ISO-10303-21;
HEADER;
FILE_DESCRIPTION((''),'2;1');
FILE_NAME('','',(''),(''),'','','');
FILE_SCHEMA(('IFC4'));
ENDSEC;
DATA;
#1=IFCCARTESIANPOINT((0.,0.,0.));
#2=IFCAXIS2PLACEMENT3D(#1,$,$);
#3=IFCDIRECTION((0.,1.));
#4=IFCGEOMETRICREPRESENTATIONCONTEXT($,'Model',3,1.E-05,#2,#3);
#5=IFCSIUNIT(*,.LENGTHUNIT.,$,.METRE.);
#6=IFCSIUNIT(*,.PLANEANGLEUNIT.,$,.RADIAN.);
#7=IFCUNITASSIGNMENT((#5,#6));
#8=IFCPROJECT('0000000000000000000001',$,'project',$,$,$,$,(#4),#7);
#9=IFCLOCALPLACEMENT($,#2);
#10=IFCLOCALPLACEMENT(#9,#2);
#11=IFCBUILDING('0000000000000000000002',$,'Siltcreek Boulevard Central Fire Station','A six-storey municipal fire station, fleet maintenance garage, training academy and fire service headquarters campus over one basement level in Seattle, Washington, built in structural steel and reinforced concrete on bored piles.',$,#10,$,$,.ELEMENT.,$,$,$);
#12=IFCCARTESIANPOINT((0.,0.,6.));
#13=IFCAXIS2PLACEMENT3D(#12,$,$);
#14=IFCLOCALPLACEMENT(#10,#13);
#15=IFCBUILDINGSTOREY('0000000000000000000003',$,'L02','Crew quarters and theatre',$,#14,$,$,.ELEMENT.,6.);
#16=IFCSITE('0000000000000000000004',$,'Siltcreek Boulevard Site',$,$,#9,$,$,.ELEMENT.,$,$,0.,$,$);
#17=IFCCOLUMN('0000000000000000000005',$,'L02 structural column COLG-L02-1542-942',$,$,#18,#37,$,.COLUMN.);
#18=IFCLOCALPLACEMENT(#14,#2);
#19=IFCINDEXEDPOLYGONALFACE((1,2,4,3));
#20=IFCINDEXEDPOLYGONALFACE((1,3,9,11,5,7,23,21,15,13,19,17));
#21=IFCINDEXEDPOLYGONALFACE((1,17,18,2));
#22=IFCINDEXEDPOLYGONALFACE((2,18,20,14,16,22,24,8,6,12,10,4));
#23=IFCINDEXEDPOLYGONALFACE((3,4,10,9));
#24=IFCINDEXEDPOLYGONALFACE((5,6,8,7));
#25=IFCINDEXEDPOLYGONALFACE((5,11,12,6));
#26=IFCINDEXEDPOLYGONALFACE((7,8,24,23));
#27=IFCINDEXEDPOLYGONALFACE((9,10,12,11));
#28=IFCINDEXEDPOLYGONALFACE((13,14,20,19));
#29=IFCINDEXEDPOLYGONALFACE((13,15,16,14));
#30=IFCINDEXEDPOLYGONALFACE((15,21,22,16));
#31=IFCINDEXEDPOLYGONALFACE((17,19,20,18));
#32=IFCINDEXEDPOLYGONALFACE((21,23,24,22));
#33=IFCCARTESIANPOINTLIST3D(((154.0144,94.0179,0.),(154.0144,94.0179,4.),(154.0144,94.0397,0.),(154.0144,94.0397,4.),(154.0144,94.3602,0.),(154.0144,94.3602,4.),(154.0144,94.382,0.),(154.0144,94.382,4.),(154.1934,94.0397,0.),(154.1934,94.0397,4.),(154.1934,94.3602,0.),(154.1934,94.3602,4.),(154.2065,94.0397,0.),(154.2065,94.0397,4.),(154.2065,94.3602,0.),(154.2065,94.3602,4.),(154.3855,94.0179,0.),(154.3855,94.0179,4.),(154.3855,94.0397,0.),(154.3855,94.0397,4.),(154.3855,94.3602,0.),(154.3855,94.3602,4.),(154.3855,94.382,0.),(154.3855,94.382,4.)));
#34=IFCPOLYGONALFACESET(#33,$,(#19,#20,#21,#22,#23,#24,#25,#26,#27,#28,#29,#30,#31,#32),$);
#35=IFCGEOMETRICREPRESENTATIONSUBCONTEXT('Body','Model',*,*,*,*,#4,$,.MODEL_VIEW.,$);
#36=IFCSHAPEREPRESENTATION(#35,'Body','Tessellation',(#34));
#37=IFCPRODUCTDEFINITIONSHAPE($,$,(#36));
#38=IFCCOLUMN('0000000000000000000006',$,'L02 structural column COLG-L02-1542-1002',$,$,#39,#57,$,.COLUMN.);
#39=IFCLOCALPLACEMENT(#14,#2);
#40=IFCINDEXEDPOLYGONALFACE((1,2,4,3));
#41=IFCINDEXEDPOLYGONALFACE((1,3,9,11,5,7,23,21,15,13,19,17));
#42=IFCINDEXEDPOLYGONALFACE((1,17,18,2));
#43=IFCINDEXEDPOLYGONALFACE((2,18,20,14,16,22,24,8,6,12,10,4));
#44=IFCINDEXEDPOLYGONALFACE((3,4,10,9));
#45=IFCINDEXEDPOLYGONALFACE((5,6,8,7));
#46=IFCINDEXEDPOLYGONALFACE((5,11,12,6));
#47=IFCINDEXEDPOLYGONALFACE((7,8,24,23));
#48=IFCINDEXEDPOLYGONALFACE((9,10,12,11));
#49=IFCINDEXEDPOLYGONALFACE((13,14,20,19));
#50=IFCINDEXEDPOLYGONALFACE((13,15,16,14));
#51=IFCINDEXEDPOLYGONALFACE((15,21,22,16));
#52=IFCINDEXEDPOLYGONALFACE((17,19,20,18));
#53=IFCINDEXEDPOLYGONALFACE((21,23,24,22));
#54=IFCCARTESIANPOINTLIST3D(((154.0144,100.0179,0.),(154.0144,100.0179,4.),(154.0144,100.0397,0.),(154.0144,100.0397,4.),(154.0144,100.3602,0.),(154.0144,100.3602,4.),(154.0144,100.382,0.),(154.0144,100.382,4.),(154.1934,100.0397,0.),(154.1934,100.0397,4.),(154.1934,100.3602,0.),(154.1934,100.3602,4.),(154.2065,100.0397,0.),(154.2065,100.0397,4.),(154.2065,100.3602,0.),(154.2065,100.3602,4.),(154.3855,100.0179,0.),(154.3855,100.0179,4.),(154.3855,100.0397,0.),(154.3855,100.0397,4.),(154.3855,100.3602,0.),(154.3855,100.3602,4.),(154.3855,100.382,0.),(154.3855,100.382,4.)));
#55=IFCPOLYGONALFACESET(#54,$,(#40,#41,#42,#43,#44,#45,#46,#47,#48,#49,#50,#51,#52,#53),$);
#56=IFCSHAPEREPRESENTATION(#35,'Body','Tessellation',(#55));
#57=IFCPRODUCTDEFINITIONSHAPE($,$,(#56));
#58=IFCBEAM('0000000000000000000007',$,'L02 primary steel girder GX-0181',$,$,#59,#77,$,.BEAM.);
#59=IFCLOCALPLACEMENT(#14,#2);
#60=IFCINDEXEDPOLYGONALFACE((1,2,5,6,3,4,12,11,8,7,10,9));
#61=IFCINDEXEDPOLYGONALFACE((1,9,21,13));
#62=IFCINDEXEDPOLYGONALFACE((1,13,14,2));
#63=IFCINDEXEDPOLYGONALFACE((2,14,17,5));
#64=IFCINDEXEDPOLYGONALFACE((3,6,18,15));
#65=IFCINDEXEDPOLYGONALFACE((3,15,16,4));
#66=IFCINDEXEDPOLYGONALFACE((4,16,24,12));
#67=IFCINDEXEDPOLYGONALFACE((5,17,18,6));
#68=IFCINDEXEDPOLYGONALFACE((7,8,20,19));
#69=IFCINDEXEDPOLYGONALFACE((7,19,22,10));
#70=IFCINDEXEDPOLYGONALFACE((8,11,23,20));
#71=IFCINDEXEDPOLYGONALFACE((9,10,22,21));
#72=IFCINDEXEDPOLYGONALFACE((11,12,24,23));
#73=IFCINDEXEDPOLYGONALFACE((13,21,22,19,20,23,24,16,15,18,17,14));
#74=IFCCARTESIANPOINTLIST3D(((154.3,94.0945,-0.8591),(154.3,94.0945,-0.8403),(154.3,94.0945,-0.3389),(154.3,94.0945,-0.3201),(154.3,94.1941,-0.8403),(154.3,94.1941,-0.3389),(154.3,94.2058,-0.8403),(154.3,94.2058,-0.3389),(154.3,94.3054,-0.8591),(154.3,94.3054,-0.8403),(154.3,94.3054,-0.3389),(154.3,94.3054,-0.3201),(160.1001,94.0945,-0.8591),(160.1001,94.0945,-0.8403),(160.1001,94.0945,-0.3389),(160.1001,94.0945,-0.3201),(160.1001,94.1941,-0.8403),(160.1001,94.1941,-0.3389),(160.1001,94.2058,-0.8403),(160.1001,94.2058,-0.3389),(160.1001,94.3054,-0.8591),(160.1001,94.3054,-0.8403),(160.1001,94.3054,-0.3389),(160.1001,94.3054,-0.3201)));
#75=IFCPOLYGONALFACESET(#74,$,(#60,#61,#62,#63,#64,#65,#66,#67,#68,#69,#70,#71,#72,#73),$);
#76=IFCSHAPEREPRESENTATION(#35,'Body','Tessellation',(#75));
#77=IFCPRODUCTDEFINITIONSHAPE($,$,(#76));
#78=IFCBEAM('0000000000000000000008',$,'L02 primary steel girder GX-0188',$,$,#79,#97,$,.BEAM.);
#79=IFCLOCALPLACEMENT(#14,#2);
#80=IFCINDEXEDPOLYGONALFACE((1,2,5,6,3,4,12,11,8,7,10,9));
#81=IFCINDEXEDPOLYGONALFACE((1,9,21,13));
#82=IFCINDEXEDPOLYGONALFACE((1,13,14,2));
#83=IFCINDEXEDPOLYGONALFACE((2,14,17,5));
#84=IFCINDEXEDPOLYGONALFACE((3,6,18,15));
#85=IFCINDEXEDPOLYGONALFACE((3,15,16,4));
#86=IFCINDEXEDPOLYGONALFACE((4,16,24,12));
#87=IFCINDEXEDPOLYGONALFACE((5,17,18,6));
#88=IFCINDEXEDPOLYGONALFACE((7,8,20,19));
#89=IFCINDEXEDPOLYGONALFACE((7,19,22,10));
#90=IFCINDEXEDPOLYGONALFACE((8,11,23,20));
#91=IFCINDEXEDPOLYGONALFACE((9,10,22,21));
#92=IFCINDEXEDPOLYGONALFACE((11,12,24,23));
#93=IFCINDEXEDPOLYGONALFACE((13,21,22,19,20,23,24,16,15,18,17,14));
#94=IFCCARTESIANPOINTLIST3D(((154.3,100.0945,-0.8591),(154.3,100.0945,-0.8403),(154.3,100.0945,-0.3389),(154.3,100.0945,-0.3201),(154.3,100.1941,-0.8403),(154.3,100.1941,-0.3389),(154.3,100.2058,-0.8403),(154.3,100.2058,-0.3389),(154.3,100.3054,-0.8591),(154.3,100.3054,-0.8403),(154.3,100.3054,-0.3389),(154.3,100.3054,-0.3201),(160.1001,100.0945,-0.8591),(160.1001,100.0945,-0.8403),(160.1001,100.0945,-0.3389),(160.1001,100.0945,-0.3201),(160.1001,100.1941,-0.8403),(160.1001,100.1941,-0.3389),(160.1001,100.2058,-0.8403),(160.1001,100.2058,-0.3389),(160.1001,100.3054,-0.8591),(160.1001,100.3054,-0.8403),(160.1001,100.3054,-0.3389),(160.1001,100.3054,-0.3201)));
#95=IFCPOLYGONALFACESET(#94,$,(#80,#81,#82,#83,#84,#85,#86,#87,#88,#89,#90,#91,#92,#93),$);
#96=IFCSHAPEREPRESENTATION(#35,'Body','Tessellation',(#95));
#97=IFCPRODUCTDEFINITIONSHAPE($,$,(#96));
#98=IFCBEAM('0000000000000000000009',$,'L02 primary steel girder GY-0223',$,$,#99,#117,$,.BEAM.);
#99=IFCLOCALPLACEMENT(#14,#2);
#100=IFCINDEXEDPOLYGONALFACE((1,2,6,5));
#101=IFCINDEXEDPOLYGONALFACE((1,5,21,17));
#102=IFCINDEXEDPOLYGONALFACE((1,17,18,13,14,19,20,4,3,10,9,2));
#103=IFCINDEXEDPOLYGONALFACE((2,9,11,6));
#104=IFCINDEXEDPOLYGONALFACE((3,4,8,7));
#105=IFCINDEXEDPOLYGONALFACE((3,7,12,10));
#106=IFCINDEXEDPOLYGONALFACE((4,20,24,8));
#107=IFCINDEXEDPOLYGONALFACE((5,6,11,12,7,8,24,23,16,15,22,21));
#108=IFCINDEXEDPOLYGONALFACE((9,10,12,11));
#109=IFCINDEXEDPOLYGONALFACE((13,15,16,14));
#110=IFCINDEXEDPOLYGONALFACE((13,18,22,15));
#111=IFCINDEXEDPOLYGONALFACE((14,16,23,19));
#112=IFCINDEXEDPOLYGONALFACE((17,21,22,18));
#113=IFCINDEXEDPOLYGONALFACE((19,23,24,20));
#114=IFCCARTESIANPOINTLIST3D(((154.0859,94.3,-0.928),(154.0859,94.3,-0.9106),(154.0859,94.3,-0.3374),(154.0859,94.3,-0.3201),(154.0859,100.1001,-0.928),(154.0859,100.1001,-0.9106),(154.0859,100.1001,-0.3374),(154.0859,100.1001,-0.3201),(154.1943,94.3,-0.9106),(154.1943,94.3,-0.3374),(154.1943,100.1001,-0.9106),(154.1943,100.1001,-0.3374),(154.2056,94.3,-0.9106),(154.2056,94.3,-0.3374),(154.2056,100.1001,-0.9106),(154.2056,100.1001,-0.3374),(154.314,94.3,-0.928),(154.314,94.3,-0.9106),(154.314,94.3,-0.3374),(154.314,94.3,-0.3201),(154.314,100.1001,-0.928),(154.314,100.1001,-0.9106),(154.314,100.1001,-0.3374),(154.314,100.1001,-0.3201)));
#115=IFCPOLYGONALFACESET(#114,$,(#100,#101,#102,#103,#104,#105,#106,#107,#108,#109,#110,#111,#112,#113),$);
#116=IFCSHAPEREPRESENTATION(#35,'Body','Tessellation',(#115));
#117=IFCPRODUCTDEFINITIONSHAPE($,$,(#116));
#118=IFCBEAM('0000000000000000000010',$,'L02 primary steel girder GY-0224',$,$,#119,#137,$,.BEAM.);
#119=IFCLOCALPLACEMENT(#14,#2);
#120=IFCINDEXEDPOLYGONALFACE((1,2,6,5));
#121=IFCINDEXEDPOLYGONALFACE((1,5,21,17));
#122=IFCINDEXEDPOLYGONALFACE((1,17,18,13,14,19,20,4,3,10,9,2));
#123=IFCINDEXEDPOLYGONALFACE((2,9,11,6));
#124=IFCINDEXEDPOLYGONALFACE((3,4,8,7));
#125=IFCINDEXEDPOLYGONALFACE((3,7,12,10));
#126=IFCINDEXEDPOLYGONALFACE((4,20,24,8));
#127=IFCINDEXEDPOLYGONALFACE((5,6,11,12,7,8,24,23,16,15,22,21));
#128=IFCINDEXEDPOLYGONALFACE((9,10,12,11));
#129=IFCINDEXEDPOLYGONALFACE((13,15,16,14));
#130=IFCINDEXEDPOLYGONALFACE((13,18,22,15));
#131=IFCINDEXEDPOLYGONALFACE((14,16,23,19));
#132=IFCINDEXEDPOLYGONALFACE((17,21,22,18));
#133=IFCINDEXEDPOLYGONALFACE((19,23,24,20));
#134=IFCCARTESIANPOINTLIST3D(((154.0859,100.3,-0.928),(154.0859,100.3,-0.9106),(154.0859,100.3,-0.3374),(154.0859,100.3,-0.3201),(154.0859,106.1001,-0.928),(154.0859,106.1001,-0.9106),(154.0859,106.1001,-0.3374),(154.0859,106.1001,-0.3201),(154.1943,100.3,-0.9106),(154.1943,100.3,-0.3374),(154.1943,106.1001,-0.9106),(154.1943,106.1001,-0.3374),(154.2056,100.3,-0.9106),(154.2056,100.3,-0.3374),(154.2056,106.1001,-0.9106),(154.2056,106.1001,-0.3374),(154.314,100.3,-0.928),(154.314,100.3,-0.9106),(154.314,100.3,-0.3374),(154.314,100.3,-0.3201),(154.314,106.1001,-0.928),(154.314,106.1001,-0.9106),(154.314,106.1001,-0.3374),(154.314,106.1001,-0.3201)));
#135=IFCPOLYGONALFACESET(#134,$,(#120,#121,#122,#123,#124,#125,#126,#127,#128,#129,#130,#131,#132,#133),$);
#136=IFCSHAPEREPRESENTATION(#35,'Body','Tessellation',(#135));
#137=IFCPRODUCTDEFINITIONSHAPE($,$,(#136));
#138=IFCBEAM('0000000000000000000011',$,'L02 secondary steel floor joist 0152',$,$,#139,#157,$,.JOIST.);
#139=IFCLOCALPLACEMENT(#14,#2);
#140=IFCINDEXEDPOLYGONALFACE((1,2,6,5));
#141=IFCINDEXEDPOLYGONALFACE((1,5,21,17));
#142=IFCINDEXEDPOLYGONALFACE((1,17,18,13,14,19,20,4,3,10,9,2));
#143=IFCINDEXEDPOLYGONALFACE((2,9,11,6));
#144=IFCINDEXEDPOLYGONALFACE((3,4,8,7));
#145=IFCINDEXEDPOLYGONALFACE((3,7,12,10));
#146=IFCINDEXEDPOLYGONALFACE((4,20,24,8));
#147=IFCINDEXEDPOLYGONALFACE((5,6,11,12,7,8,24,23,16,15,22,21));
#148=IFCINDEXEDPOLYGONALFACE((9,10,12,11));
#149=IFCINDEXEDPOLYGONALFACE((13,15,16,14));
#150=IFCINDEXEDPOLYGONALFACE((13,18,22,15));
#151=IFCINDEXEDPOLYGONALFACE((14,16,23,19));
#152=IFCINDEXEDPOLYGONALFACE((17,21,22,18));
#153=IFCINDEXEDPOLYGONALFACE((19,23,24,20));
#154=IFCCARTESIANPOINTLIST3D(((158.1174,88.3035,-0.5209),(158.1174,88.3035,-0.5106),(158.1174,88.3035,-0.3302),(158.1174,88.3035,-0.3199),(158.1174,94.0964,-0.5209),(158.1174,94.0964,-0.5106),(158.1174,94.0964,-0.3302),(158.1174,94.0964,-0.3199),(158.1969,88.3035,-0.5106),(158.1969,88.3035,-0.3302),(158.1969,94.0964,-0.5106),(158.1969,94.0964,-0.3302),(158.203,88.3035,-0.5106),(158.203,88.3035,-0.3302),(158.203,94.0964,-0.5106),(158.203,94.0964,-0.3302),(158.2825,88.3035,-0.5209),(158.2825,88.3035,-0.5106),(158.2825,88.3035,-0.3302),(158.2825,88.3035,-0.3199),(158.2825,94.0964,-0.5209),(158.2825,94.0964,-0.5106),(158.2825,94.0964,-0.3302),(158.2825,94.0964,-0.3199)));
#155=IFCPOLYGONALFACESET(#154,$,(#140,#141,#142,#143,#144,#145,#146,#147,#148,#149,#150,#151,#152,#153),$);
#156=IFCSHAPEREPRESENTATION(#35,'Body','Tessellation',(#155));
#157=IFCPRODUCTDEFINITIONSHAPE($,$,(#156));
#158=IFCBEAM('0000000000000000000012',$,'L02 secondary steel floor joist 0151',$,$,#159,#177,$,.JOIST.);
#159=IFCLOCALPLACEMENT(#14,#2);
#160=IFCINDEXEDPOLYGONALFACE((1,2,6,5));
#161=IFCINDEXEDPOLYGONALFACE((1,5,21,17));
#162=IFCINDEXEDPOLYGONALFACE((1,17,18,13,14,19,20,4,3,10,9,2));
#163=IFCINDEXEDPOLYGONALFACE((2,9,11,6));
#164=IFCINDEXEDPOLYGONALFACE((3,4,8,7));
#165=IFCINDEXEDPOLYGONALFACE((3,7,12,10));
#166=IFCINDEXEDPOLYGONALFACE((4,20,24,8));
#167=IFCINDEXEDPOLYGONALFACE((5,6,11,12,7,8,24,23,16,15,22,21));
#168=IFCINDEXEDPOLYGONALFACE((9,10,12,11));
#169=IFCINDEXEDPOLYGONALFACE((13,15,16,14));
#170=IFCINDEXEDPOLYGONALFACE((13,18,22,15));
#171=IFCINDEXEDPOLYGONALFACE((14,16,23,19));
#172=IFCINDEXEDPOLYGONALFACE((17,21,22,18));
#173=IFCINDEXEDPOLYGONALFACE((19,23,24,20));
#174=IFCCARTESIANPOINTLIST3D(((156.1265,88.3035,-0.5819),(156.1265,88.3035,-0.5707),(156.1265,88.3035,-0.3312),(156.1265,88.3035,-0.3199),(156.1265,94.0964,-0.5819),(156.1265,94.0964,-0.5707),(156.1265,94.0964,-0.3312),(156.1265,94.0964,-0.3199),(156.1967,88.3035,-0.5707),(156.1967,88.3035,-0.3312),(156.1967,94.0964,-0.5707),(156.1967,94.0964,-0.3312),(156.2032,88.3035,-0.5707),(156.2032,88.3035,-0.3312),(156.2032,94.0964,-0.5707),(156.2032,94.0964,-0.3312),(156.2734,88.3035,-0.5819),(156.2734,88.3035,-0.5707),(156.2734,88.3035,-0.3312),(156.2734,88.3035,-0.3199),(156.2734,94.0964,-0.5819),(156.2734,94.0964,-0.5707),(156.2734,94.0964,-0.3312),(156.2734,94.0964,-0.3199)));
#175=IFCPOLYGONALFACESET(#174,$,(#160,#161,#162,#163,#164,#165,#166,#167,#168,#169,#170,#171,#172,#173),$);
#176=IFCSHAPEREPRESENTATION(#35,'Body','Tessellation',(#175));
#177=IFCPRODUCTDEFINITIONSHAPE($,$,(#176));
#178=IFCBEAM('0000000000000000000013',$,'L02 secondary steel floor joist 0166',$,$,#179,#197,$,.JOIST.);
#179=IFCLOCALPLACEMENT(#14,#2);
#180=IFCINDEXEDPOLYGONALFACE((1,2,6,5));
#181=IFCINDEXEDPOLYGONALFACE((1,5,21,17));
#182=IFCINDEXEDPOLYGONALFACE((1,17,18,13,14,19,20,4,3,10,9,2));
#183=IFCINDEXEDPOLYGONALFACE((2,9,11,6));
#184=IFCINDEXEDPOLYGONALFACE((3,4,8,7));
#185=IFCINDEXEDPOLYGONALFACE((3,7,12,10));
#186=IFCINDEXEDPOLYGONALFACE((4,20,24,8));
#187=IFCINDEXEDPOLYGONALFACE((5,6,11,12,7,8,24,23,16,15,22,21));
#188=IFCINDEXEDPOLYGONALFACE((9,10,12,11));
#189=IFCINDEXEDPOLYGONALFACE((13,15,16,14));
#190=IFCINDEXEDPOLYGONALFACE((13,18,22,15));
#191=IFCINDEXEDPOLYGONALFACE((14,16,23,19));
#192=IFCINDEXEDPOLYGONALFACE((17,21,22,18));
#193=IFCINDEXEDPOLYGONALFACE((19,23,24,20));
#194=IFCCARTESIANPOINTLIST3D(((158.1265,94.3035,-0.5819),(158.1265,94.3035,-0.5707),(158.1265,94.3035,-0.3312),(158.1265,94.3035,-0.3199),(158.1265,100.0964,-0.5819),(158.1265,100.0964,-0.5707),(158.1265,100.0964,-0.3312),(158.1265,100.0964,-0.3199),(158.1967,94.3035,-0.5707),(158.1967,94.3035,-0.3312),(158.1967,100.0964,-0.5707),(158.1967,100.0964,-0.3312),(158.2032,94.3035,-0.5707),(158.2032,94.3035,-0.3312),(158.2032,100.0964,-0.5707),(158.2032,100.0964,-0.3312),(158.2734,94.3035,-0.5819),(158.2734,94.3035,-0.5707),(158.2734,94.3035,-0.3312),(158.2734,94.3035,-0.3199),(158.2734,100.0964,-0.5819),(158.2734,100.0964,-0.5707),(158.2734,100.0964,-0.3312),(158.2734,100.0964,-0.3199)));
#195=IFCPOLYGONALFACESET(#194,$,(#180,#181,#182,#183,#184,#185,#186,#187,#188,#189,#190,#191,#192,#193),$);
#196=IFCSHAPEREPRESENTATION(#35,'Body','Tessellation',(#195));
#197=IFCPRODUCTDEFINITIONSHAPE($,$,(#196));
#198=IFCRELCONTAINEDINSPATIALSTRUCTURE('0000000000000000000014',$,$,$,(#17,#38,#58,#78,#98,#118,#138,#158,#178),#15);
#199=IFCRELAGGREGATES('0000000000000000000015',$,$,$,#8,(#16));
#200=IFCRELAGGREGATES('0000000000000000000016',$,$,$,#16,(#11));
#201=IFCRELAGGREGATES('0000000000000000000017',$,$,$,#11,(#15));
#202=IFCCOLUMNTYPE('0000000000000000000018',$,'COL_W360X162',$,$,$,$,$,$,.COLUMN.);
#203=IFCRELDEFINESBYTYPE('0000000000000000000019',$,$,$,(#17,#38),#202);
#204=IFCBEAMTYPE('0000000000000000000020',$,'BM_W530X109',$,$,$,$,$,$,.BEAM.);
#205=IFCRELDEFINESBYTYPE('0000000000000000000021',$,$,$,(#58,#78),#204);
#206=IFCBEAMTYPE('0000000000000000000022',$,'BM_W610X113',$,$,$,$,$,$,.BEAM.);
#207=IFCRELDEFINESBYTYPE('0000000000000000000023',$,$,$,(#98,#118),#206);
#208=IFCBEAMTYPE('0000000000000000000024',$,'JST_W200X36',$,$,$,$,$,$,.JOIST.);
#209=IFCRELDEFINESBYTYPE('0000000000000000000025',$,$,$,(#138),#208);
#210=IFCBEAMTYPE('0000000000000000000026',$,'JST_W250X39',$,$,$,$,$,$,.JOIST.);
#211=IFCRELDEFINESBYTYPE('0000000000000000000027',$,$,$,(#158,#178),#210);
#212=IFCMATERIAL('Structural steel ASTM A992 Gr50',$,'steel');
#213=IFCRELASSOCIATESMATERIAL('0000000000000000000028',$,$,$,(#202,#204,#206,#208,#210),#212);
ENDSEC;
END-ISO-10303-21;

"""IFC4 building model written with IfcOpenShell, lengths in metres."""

from ifc_helpers import new_model, si_unit, direction, frame, origin, origin_2d, place, context, subcontext, project, spatial, i_section, extrude, material, material_profile, profile_set, type_object, element, save


model = new_model("IFC4")

# Units and contexts
model_context = context("Model", 3, precision=1e-05, world=origin(), true_north=direction((0.0, 1.0)))
body_context = subcontext(model_context, "Body", "Model", "MODEL_VIEW")
ifc_project = project(units=[si_unit("LENGTHUNIT", "METRE"), si_unit("PLANEANGLEUNIT", "RADIAN")], contexts=[model_context])

# Site, building, storey
site_placement = place(None, origin())
site = spatial("IfcSite", under=ifc_project, at=site_placement, Name="Siltcreek Boulevard Site", CompositionType="ELEMENT", RefElevation=0.0)
building_placement = place(site_placement, origin())
building = spatial("IfcBuilding", under=site, at=building_placement, Name="Siltcreek Boulevard Central Fire Station", Description="A six-storey municipal fire station, fleet maintenance garage, training academy and fire service headquarters campus over one basement level in Seattle, Washington, built in structural steel and reinforced concrete on bored piles.", CompositionType="ELEMENT")
storey_placement = place(building_placement, frame((0.0, 0.0, 6.0)))
storey = spatial("IfcBuildingStorey", under=building, at=storey_placement, Name="L02", Description="Crew quarters and theatre", CompositionType="ELEMENT", Elevation=6.0)

# Columns
ifc_material_1 = material(Name="Structural steel ASTM A992 Gr50", Category="steel")
ifc_material_profile_1 = material_profile(ifc_material_1, i_section(OverallWidth=0.3711, OverallDepth=0.364, WebThickness=0.0132, FlangeThickness=0.0217, at=origin_2d()), Name="W360X162")
ifc_profile_set_1 = profile_set([ifc_material_profile_1], Name="Structural steel ASTM A992 Gr50")
column_type = type_object("IfcColumnType", Name="COL_W360X162", PredefinedType="COLUMN", material=ifc_profile_set_1)
for number, where, z_axis, x_axis, name in (
    (1, (154.2, 94.2, 0.0), (0.0, 0.0, 1.0), (1.0, 0.0, 0.0), "L02 structural column COLG-L02-1542-942"),
    (2, (154.2, 100.2, 0.0), (0.0, 0.0, 1.0), (1.0, 0.0, 0.0), "L02 structural column COLG-L02-1542-1002"),
):
    element("IfcColumn", number, at=place(storey_placement, frame(where, z_axis=z_axis, x_axis=x_axis)), inside=storey, type_object=column_type, Name=name, PredefinedType="COLUMN", context=body_context, shape_type="SweptSolid", body=[
        extrude(i_section(OverallWidth=0.3711, OverallDepth=0.364, WebThickness=0.0132, FlangeThickness=0.0217, at=origin_2d()), origin(), (0.0, 0.0, 1.0), 4.0),
    ])

# Beams
ifc_material_profile_2 = material_profile(ifc_material_1, i_section(OverallWidth=0.2109, OverallDepth=0.5391, WebThickness=0.0117, FlangeThickness=0.0188, at=origin_2d()), Name="W530X109")
ifc_profile_set_2 = profile_set([ifc_material_profile_2], Name="Structural steel ASTM A992 Gr50")
beam_type_1 = type_object("IfcBeamType", Name="BM_W530X109", PredefinedType="BEAM", material=ifc_profile_set_2)
for number, where, z_axis, x_axis, name in (
    (3, (154.3, 94.2, -0.5896), (1.0, 0.0, 0.0), (0.0, 1.0, 0.0), "L02 primary steel girder GX-0181"),
    (4, (154.3, 100.2, -0.5896), (1.0, 0.0, 0.0), (0.0, 1.0, 0.0), "L02 primary steel girder GX-0188"),
):
    element("IfcBeam", number, at=place(storey_placement, frame(where, z_axis=z_axis, x_axis=x_axis)), inside=storey, type_object=beam_type_1, Name=name, PredefinedType="BEAM", context=body_context, shape_type="SweptSolid", body=[
        extrude(i_section(OverallWidth=0.2109, OverallDepth=0.5391, WebThickness=0.0117, FlangeThickness=0.0188, at=origin_2d()), origin(), (0.0, 0.0, 1.0), 5.8),
    ])
ifc_material_profile_3 = material_profile(ifc_material_1, i_section(OverallWidth=0.228, OverallDepth=0.6079, WebThickness=0.0112, FlangeThickness=0.0173, at=origin_2d()), Name="W610X113")
ifc_profile_set_3 = profile_set([ifc_material_profile_3], Name="Structural steel ASTM A992 Gr50")
beam_type_2 = type_object("IfcBeamType", Name="BM_W610X113", PredefinedType="BEAM", material=ifc_profile_set_3)
for number, where, z_axis, x_axis, name in (
    (5, (154.2, 94.3, -0.624), (0.0, 1.0, 0.0), (-1.0, 0.0, 0.0), "L02 primary steel girder GY-0223"),
    (6, (154.2, 100.3, -0.624), (0.0, 1.0, 0.0), (-1.0, 0.0, 0.0), "L02 primary steel girder GY-0224"),
):
    element("IfcBeam", number, at=place(storey_placement, frame(where, z_axis=z_axis, x_axis=x_axis)), inside=storey, type_object=beam_type_2, Name=name, PredefinedType="BEAM", context=body_context, shape_type="SweptSolid", body=[
        extrude(i_section(OverallWidth=0.228, OverallDepth=0.6079, WebThickness=0.0112, FlangeThickness=0.0173, at=origin_2d()), origin(), (0.0, 0.0, 1.0), 5.8),
    ])
ifc_material_profile_4 = material_profile(ifc_material_1, i_section(OverallWidth=0.165, OverallDepth=0.2009, WebThickness=0.0061, FlangeThickness=0.0103, at=origin_2d()), Name="W200X36")
ifc_profile_set_4 = profile_set([ifc_material_profile_4], Name="Structural steel ASTM A992 Gr50")
beam_type_3 = type_object("IfcBeamType", Name="JST_W200X36", PredefinedType="JOIST", material=ifc_profile_set_4)
beam_1_placement = place(storey_placement, frame((158.2, 88.3035, -0.4204), z_axis=(0.0, 1.0, 0.0), x_axis=(-1.0, 0.0, 0.0)))
element("IfcBeam", 7, at=beam_1_placement, inside=storey, type_object=beam_type_3, Name="L02 secondary steel floor joist 0152", PredefinedType="JOIST", context=body_context, shape_type="SweptSolid", body=[
    extrude(i_section(OverallWidth=0.165, OverallDepth=0.2009, WebThickness=0.0061, FlangeThickness=0.0103, at=origin_2d()), origin(), (0.0, 0.0, 1.0), 5.793),
])
ifc_material_profile_5 = material_profile(ifc_material_1, i_section(OverallWidth=0.147, OverallDepth=0.262, WebThickness=0.0066, FlangeThickness=0.0112, at=origin_2d()), Name="W250X39")
ifc_profile_set_5 = profile_set([ifc_material_profile_5], Name="Structural steel ASTM A992 Gr50")
beam_type_4 = type_object("IfcBeamType", Name="JST_W250X39", PredefinedType="JOIST", material=ifc_profile_set_5)
for number, where, z_axis, x_axis, name in (
    (8, (156.2, 88.3035, -0.4509), (0.0, 1.0, 0.0), (-1.0, 0.0, 0.0), "L02 secondary steel floor joist 0151"),
    (9, (158.2, 94.3035, -0.4509), (0.0, 1.0, 0.0), (-1.0, 0.0, 0.0), "L02 secondary steel floor joist 0166"),
):
    element("IfcBeam", number, at=place(storey_placement, frame(where, z_axis=z_axis, x_axis=x_axis)), inside=storey, type_object=beam_type_4, Name=name, PredefinedType="JOIST", context=body_context, shape_type="SweptSolid", body=[
        extrude(i_section(OverallWidth=0.147, OverallDepth=0.262, WebThickness=0.0066, FlangeThickness=0.0112, at=origin_2d()), origin(), (0.0, 0.0, 1.0), 5.793),
    ])

save(model, "model.ifc")
